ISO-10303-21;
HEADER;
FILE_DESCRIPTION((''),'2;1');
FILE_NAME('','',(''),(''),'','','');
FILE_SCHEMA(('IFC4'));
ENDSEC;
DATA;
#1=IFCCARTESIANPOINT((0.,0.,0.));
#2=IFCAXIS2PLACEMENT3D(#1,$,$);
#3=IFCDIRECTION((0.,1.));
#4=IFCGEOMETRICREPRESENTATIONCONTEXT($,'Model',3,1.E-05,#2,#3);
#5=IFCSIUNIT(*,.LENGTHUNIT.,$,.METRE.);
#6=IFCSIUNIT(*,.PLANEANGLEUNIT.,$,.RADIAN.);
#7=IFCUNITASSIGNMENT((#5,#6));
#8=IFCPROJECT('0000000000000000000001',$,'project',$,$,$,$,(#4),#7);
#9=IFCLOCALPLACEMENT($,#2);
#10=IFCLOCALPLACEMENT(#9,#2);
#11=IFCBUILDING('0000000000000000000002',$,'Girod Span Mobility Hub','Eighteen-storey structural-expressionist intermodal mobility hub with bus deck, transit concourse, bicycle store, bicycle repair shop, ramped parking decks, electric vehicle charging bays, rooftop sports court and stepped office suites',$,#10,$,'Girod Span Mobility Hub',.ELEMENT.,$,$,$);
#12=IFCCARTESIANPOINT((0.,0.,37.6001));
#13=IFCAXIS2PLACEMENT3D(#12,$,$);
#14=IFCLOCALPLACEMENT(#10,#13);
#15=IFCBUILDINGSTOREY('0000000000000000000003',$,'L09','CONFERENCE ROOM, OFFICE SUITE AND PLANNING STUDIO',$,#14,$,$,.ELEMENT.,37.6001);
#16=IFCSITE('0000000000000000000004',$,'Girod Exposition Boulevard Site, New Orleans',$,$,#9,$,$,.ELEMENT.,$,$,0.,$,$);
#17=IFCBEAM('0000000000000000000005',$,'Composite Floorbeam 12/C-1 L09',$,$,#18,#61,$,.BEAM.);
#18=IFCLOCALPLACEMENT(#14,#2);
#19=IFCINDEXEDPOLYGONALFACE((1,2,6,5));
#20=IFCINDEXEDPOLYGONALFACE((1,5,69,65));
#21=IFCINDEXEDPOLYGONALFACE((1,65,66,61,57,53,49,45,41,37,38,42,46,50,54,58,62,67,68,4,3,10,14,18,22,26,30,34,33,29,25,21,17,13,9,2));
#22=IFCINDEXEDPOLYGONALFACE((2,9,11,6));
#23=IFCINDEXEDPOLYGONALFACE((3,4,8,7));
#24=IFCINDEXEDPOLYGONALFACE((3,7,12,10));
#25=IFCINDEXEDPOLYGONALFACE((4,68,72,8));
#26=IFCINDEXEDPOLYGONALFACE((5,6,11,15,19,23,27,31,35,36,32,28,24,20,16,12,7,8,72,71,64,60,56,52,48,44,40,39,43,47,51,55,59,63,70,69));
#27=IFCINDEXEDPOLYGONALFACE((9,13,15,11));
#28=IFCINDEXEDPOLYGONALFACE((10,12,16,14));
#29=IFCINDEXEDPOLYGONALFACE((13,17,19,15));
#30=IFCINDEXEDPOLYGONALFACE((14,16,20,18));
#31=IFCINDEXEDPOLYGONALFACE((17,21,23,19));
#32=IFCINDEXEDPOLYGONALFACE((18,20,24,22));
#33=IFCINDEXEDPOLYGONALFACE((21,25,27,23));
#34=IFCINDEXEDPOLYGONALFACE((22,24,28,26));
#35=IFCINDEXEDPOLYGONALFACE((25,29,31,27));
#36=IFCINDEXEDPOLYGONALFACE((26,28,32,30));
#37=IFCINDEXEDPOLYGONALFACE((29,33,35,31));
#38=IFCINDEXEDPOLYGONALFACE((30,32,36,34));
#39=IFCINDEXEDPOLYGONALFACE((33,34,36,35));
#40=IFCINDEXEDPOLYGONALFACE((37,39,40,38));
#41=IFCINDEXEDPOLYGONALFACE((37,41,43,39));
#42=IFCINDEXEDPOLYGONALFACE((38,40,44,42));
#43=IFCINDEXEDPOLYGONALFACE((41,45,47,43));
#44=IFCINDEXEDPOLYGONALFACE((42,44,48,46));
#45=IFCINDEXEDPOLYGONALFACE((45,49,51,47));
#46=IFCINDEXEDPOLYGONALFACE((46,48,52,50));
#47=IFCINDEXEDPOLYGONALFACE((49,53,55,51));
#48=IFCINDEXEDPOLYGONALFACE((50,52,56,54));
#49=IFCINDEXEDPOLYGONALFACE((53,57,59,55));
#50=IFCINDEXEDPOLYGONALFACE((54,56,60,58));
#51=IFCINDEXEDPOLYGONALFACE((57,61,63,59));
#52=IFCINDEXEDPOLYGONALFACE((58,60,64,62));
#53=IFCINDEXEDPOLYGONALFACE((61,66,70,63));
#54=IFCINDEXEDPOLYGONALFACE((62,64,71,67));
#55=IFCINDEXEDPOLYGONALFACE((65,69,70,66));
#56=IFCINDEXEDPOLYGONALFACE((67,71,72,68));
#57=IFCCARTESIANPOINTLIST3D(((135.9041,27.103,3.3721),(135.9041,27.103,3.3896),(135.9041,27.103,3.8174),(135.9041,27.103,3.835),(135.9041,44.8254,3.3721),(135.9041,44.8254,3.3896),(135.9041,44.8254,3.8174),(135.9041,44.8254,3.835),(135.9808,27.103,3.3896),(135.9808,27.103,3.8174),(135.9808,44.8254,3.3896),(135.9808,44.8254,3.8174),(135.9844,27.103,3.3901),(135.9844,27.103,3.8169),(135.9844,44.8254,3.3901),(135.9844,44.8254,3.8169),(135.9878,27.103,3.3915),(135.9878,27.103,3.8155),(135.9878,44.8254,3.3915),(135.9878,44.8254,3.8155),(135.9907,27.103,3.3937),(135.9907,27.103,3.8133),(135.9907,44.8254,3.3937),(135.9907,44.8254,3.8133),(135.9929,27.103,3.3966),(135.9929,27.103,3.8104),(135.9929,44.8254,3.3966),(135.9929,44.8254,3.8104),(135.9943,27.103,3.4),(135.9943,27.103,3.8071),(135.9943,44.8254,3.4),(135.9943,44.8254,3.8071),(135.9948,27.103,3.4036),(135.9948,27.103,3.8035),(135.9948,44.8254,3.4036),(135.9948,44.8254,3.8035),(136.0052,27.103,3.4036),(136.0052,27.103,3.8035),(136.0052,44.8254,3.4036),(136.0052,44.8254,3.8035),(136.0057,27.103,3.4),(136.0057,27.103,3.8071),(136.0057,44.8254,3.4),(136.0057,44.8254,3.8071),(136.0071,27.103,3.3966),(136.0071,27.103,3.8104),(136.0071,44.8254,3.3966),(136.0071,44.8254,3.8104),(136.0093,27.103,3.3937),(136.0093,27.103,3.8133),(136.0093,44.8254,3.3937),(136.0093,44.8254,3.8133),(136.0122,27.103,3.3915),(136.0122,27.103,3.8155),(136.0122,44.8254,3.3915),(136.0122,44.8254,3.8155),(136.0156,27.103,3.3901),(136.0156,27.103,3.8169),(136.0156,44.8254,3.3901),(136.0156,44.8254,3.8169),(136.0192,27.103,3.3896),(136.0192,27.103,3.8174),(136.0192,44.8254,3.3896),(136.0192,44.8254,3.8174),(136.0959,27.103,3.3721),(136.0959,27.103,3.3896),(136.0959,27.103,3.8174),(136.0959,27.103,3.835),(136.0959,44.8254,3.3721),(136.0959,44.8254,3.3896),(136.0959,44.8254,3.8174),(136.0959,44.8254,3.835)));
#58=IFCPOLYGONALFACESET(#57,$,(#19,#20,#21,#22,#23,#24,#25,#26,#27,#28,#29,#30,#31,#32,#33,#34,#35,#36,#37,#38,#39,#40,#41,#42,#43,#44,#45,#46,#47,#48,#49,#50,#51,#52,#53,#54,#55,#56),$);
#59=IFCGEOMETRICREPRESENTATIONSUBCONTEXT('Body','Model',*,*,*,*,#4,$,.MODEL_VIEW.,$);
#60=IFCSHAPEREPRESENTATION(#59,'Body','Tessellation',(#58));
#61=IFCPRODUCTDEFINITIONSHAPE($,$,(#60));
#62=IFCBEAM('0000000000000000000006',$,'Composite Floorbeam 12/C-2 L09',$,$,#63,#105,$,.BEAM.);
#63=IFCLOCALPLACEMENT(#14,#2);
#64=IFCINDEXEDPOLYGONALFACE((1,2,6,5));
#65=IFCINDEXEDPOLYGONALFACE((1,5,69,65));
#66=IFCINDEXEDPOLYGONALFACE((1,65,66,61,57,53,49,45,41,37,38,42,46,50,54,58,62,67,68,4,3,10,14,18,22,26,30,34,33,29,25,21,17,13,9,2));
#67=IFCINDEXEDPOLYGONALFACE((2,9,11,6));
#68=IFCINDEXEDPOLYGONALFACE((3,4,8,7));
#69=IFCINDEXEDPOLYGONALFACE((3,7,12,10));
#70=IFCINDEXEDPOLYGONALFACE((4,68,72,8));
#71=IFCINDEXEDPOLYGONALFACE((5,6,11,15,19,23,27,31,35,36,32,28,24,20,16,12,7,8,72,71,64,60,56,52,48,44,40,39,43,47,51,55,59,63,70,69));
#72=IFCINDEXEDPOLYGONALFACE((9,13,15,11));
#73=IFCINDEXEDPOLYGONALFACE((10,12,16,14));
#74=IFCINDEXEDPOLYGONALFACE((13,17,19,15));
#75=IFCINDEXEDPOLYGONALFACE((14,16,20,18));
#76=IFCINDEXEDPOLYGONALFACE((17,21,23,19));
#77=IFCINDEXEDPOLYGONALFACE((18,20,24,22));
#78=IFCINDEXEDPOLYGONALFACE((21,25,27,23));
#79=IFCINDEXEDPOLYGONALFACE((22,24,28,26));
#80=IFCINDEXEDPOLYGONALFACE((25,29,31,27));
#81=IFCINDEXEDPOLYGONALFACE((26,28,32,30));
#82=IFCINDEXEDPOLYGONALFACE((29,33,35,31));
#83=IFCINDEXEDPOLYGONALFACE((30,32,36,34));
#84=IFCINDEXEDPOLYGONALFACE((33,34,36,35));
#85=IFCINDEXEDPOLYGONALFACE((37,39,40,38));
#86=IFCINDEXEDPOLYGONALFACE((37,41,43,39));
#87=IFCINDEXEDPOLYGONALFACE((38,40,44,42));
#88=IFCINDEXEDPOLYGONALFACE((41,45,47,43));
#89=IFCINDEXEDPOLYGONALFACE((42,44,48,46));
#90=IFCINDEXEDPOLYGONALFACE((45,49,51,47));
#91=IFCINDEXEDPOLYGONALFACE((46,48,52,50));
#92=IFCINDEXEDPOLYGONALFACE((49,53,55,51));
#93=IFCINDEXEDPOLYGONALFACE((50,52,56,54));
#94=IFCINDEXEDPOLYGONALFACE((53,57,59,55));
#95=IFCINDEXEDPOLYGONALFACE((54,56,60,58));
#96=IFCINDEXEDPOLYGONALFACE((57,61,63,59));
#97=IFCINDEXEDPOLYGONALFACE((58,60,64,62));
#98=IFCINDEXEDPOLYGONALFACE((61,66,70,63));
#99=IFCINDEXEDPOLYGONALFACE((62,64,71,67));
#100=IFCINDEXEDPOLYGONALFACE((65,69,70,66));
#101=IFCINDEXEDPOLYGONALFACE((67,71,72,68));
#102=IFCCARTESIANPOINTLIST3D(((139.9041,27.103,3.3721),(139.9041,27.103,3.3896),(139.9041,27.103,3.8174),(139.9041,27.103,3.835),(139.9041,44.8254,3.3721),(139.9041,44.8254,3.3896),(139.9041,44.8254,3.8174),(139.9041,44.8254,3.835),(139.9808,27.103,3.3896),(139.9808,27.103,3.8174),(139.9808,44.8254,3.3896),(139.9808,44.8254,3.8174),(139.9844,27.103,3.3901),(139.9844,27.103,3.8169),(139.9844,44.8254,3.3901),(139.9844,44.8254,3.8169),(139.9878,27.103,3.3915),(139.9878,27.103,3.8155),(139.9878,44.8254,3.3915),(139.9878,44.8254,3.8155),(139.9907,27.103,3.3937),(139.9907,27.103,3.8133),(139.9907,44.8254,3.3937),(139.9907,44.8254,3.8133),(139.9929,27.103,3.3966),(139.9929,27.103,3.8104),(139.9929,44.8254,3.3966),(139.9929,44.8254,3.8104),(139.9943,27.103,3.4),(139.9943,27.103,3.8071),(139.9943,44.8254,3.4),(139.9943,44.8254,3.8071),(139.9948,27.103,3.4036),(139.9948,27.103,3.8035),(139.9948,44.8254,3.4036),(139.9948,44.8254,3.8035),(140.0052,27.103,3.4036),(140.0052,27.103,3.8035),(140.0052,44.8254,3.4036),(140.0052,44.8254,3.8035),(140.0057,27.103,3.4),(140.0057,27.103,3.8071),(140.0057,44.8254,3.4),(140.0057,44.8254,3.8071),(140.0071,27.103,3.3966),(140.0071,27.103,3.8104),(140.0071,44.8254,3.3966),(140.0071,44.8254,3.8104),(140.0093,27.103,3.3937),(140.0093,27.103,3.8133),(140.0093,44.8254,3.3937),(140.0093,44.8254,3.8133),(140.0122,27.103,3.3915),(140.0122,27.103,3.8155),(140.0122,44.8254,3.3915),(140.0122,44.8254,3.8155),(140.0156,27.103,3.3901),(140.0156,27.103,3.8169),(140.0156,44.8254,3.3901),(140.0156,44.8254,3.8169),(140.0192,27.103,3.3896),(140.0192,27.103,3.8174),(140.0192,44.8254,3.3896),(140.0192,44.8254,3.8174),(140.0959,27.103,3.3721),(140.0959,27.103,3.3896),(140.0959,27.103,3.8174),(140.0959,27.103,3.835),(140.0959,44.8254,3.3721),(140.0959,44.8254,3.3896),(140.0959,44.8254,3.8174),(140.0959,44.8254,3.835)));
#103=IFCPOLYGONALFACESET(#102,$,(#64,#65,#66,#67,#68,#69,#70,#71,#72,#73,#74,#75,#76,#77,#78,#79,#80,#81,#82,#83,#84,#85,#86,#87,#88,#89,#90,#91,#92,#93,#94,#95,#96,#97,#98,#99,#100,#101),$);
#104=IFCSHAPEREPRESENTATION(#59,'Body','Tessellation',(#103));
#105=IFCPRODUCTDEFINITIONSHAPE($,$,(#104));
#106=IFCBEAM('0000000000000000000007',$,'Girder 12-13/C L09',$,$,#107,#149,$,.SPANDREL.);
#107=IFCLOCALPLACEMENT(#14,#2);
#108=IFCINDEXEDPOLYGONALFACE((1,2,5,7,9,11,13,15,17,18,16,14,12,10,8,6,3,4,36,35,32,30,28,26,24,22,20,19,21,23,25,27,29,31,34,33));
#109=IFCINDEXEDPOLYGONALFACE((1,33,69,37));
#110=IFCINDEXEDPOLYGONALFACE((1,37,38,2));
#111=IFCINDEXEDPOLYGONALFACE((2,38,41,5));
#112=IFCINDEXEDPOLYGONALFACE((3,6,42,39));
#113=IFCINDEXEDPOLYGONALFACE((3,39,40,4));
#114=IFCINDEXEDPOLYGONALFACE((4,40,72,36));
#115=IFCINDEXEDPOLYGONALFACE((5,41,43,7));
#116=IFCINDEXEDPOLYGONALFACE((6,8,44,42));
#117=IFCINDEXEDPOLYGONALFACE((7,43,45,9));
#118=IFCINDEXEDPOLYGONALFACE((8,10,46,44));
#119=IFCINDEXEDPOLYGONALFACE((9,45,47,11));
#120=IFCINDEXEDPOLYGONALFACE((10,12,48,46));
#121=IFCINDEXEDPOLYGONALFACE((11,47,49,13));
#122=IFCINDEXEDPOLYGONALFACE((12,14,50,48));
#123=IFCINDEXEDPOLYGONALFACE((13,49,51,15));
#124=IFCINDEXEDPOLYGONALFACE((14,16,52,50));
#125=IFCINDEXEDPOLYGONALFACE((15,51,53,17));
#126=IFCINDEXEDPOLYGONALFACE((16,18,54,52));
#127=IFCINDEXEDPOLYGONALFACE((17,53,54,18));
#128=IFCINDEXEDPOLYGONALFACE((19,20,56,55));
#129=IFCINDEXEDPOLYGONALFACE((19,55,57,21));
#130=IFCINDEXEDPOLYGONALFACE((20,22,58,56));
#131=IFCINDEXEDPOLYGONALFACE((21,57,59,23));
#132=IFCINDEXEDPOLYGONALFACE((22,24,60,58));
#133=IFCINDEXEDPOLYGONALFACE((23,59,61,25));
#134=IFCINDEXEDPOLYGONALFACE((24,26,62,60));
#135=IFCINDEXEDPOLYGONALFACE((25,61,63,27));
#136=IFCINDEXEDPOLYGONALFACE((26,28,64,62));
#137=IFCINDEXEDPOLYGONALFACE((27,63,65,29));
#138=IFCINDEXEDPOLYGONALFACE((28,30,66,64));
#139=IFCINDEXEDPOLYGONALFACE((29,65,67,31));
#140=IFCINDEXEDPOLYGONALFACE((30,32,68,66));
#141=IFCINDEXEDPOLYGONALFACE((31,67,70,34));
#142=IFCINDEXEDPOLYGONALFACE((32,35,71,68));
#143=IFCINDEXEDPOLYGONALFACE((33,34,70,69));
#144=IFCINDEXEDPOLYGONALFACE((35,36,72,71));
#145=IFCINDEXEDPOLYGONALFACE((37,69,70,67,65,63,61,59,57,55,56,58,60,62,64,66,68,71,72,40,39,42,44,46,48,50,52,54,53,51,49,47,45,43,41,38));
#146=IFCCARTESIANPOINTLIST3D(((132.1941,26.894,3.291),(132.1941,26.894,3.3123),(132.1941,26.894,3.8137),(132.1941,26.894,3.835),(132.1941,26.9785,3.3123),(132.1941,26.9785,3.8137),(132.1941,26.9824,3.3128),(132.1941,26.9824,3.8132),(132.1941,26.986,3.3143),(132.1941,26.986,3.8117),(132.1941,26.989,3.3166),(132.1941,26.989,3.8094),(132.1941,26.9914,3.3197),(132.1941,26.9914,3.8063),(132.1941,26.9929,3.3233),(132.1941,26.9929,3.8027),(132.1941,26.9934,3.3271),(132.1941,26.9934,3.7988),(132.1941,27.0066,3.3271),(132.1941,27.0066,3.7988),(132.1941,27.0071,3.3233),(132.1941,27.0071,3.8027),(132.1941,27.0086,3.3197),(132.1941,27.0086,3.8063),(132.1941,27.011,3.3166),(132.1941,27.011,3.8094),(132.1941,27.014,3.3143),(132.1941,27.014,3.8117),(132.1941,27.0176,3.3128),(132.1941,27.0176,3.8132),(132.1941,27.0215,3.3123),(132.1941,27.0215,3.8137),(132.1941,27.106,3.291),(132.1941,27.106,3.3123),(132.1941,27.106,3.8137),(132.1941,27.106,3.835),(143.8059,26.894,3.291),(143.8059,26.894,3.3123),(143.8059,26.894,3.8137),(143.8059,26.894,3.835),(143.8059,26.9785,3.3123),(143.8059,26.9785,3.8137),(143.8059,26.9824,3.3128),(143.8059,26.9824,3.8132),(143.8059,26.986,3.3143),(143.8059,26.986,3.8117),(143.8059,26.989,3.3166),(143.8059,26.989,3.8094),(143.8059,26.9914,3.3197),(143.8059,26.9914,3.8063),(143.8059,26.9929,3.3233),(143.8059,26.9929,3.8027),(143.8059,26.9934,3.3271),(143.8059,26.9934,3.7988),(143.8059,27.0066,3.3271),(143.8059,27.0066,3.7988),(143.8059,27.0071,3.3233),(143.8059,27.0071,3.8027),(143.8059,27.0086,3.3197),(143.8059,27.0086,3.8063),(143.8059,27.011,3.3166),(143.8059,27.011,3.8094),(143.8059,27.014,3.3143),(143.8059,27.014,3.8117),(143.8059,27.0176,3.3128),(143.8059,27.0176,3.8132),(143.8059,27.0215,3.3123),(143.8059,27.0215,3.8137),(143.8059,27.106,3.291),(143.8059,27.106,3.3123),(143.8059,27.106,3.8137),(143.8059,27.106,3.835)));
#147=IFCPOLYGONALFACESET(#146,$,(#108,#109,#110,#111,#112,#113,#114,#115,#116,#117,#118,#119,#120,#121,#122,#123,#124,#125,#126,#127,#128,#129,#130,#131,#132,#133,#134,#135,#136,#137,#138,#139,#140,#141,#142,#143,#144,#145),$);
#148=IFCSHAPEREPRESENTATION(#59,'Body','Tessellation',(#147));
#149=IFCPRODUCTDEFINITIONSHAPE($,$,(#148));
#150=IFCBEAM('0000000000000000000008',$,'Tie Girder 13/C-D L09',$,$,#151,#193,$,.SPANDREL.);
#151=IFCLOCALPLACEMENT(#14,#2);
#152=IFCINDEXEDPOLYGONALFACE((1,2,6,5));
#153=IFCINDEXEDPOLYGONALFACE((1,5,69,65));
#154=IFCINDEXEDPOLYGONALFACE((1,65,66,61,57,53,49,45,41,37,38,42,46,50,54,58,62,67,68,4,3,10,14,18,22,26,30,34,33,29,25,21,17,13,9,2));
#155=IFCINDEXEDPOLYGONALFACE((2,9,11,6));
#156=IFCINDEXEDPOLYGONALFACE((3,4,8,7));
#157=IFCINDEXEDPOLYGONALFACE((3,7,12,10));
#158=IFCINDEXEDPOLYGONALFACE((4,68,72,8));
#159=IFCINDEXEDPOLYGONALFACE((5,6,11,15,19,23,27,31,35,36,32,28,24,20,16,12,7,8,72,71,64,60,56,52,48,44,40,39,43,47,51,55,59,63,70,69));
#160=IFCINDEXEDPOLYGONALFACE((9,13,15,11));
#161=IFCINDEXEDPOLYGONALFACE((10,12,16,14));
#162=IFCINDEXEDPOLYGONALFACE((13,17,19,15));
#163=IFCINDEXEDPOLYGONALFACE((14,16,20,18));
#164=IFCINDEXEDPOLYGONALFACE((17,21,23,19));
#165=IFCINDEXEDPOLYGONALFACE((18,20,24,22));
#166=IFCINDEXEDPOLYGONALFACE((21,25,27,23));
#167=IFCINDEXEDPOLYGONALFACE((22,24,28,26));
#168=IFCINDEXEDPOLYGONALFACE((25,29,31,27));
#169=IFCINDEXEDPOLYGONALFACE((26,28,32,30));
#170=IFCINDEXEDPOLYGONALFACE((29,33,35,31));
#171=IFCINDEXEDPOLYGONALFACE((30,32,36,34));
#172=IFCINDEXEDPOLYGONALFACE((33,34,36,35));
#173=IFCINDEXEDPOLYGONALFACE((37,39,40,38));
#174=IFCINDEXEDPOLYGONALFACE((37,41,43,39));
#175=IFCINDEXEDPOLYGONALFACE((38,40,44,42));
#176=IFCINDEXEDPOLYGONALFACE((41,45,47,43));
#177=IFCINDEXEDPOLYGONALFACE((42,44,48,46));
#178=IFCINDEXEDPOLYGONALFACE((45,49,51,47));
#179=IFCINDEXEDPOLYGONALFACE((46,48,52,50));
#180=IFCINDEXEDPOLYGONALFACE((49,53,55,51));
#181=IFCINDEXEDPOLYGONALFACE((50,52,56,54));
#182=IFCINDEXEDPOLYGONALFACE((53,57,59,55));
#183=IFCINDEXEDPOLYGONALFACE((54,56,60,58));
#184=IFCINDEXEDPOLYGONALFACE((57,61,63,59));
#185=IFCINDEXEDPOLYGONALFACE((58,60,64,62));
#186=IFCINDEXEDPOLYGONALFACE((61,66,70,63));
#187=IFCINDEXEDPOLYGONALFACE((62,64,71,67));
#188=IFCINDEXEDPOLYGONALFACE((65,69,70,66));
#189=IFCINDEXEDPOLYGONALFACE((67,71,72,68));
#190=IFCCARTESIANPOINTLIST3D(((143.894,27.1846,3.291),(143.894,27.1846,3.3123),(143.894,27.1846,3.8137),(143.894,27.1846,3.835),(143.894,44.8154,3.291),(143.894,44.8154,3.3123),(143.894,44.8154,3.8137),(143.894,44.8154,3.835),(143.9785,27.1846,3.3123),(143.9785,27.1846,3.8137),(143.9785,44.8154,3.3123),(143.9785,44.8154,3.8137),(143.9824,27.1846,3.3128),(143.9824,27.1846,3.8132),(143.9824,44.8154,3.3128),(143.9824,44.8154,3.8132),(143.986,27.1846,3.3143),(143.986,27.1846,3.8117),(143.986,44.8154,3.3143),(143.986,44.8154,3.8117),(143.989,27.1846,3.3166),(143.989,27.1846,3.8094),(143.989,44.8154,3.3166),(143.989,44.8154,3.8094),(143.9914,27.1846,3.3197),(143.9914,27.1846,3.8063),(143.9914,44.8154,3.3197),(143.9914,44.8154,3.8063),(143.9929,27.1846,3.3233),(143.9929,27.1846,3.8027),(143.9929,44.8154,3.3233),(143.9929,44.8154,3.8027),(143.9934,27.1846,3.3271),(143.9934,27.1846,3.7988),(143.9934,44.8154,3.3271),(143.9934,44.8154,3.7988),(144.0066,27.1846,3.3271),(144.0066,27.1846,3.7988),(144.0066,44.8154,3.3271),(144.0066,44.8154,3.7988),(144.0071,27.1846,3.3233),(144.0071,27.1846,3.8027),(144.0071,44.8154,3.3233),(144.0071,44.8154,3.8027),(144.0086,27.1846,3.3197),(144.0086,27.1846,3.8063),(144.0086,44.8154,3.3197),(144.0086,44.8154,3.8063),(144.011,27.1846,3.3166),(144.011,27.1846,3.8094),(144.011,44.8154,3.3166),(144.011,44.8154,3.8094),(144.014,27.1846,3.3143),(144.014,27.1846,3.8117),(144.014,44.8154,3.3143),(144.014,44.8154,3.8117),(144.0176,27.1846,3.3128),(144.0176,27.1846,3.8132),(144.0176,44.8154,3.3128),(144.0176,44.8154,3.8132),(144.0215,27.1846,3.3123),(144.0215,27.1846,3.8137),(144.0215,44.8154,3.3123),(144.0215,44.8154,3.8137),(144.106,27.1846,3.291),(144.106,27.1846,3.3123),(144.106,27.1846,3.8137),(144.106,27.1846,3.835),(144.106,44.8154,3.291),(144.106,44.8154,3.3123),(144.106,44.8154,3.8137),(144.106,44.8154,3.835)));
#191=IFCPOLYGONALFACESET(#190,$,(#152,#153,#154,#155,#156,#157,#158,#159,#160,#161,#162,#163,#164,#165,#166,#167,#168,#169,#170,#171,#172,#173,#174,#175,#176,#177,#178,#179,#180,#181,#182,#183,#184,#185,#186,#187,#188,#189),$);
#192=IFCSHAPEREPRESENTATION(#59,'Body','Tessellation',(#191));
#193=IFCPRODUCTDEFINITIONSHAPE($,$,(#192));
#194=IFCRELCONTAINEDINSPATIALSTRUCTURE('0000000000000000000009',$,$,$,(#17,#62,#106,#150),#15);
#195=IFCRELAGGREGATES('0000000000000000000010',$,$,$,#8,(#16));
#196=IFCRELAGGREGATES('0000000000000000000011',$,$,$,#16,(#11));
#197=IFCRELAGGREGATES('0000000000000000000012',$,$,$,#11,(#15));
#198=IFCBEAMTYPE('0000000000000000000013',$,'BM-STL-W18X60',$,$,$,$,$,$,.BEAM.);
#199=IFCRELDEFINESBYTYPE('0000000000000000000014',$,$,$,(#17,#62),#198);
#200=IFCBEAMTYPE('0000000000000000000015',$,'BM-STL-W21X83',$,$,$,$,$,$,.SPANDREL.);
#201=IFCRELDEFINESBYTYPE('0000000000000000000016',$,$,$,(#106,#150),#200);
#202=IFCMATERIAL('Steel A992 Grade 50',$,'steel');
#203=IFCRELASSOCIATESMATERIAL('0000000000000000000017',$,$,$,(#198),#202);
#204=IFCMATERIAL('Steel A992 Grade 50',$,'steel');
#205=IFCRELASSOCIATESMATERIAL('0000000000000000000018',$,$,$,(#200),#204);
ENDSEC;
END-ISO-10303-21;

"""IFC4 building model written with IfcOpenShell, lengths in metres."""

from ifc_helpers import new_model, si_unit, direction, frame, origin, origin_2d, place, context, subcontext, project, spatial, i_section, extrude, material, material_profile, profile_set, type_object, element, save


model = new_model("IFC4")

# Units and contexts
model_context = context("Model", 3, precision=1e-05, world=origin(), true_north=direction((0.0, 1.0)))
body_context = subcontext(model_context, "Body", "Model", "MODEL_VIEW")
ifc_project = project(units=[si_unit("LENGTHUNIT", "METRE"), si_unit("PLANEANGLEUNIT", "RADIAN")], contexts=[model_context])

# Site, building, storey
site_placement = place(None, origin())
site = spatial("IfcSite", under=ifc_project, at=site_placement, Name="Girod Exposition Boulevard Site, New Orleans", CompositionType="ELEMENT", RefElevation=0.0)
building_placement = place(site_placement, origin())
building = spatial("IfcBuilding", under=site, at=building_placement, Name="Girod Span Mobility Hub", Description="Eighteen-storey structural-expressionist intermodal mobility hub with bus deck, transit concourse, bicycle store, bicycle repair shop, ramped parking decks, electric vehicle charging bays, rooftop sports court and stepped office suites", LongName="Girod Span Mobility Hub", CompositionType="ELEMENT")
storey_placement = place(building_placement, frame((0.0, 0.0, 37.6001)))
storey = spatial("IfcBuildingStorey", under=building, at=storey_placement, Name="L09", Description="CONFERENCE ROOM, OFFICE SUITE AND PLANNING STUDIO", CompositionType="ELEMENT", Elevation=37.6001)

# Beams
ifc_material_1 = material(Name="Steel A992 Grade 50", Category="steel")
ifc_material_profile_1 = material_profile(ifc_material_1, i_section(OverallWidth=0.1919, OverallDepth=0.4629, WebThickness=0.0105, FlangeThickness=0.0176, FilletRadius=0.0139, at=origin_2d()), Name="W18X60")
ifc_profile_set_1 = profile_set([ifc_material_profile_1], Name="Steel A992 Grade 50")
beam_type_1 = type_object("IfcBeamType", Name="BM-STL-W18X60", PredefinedType="BEAM", material=ifc_profile_set_1)
for number, where, z_axis, x_axis, name in (
    (1, (136.0, 27.103, 3.6035), (0.0, 1.0, 0.0), (-1.0, 0.0, 0.0), "Composite Floorbeam 12/C-1 L09"),
    (2, (140.0, 27.103, 3.6035), (0.0, 1.0, 0.0), (-1.0, 0.0, 0.0), "Composite Floorbeam 12/C-2 L09"),
):
    element("IfcBeam", number, at=place(storey_placement, frame(where, z_axis=z_axis, x_axis=x_axis)), inside=storey, type_object=beam_type_1, Name=name, PredefinedType="BEAM", context=body_context, shape_type="SweptSolid", body=[
        extrude(i_section(OverallWidth=0.1919, OverallDepth=0.4629, WebThickness=0.0105, FlangeThickness=0.0176, FilletRadius=0.0139, at=origin_2d()), origin(), (0.0, 0.0, 1.0), 17.7224),
    ])
ifc_material_2 = material(Name="Steel A992 Grade 50", Category="steel")
ifc_material_profile_2 = material_profile(ifc_material_2, i_section(OverallWidth=0.2119, OverallDepth=0.5439, WebThickness=0.0132, FlangeThickness=0.0212, FilletRadius=0.0149, at=origin_2d()), Name="W21X83")
ifc_profile_set_2 = profile_set([ifc_material_profile_2], Name="Steel A992 Grade 50")
beam_type_2 = type_object("IfcBeamType", Name="BM-STL-W21X83", PredefinedType="SPANDREL", material=ifc_profile_set_2)
beam_1_placement = place(storey_placement, frame((132.1941, 27.0, 3.563), z_axis=(1.0, 0.0, 0.0), x_axis=(0.0, 1.0, 0.0)))
element("IfcBeam", 3, at=beam_1_placement, inside=storey, type_object=beam_type_2, Name="Girder 12-13/C L09", PredefinedType="SPANDREL", context=body_context, shape_type="SweptSolid", body=[
    extrude(i_section(OverallWidth=0.2119, OverallDepth=0.5439, WebThickness=0.0132, FlangeThickness=0.0212, FilletRadius=0.0149, at=origin_2d()), origin(), (0.0, 0.0, 1.0), 11.6118),
])
beam_2_placement = place(storey_placement, frame((144.0, 27.1846, 3.563), z_axis=(0.0, 1.0, 0.0), x_axis=(-1.0, 0.0, 0.0)))
element("IfcBeam", 4, at=beam_2_placement, inside=storey, type_object=beam_type_2, Name="Tie Girder 13/C-D L09", PredefinedType="SPANDREL", context=body_context, shape_type="SweptSolid", body=[
    extrude(i_section(OverallWidth=0.2119, OverallDepth=0.5439, WebThickness=0.0132, FlangeThickness=0.0212, FilletRadius=0.0149, at=origin_2d()), origin(), (0.0, 0.0, 1.0), 17.6309),
])

save(model, "model.ifc")
